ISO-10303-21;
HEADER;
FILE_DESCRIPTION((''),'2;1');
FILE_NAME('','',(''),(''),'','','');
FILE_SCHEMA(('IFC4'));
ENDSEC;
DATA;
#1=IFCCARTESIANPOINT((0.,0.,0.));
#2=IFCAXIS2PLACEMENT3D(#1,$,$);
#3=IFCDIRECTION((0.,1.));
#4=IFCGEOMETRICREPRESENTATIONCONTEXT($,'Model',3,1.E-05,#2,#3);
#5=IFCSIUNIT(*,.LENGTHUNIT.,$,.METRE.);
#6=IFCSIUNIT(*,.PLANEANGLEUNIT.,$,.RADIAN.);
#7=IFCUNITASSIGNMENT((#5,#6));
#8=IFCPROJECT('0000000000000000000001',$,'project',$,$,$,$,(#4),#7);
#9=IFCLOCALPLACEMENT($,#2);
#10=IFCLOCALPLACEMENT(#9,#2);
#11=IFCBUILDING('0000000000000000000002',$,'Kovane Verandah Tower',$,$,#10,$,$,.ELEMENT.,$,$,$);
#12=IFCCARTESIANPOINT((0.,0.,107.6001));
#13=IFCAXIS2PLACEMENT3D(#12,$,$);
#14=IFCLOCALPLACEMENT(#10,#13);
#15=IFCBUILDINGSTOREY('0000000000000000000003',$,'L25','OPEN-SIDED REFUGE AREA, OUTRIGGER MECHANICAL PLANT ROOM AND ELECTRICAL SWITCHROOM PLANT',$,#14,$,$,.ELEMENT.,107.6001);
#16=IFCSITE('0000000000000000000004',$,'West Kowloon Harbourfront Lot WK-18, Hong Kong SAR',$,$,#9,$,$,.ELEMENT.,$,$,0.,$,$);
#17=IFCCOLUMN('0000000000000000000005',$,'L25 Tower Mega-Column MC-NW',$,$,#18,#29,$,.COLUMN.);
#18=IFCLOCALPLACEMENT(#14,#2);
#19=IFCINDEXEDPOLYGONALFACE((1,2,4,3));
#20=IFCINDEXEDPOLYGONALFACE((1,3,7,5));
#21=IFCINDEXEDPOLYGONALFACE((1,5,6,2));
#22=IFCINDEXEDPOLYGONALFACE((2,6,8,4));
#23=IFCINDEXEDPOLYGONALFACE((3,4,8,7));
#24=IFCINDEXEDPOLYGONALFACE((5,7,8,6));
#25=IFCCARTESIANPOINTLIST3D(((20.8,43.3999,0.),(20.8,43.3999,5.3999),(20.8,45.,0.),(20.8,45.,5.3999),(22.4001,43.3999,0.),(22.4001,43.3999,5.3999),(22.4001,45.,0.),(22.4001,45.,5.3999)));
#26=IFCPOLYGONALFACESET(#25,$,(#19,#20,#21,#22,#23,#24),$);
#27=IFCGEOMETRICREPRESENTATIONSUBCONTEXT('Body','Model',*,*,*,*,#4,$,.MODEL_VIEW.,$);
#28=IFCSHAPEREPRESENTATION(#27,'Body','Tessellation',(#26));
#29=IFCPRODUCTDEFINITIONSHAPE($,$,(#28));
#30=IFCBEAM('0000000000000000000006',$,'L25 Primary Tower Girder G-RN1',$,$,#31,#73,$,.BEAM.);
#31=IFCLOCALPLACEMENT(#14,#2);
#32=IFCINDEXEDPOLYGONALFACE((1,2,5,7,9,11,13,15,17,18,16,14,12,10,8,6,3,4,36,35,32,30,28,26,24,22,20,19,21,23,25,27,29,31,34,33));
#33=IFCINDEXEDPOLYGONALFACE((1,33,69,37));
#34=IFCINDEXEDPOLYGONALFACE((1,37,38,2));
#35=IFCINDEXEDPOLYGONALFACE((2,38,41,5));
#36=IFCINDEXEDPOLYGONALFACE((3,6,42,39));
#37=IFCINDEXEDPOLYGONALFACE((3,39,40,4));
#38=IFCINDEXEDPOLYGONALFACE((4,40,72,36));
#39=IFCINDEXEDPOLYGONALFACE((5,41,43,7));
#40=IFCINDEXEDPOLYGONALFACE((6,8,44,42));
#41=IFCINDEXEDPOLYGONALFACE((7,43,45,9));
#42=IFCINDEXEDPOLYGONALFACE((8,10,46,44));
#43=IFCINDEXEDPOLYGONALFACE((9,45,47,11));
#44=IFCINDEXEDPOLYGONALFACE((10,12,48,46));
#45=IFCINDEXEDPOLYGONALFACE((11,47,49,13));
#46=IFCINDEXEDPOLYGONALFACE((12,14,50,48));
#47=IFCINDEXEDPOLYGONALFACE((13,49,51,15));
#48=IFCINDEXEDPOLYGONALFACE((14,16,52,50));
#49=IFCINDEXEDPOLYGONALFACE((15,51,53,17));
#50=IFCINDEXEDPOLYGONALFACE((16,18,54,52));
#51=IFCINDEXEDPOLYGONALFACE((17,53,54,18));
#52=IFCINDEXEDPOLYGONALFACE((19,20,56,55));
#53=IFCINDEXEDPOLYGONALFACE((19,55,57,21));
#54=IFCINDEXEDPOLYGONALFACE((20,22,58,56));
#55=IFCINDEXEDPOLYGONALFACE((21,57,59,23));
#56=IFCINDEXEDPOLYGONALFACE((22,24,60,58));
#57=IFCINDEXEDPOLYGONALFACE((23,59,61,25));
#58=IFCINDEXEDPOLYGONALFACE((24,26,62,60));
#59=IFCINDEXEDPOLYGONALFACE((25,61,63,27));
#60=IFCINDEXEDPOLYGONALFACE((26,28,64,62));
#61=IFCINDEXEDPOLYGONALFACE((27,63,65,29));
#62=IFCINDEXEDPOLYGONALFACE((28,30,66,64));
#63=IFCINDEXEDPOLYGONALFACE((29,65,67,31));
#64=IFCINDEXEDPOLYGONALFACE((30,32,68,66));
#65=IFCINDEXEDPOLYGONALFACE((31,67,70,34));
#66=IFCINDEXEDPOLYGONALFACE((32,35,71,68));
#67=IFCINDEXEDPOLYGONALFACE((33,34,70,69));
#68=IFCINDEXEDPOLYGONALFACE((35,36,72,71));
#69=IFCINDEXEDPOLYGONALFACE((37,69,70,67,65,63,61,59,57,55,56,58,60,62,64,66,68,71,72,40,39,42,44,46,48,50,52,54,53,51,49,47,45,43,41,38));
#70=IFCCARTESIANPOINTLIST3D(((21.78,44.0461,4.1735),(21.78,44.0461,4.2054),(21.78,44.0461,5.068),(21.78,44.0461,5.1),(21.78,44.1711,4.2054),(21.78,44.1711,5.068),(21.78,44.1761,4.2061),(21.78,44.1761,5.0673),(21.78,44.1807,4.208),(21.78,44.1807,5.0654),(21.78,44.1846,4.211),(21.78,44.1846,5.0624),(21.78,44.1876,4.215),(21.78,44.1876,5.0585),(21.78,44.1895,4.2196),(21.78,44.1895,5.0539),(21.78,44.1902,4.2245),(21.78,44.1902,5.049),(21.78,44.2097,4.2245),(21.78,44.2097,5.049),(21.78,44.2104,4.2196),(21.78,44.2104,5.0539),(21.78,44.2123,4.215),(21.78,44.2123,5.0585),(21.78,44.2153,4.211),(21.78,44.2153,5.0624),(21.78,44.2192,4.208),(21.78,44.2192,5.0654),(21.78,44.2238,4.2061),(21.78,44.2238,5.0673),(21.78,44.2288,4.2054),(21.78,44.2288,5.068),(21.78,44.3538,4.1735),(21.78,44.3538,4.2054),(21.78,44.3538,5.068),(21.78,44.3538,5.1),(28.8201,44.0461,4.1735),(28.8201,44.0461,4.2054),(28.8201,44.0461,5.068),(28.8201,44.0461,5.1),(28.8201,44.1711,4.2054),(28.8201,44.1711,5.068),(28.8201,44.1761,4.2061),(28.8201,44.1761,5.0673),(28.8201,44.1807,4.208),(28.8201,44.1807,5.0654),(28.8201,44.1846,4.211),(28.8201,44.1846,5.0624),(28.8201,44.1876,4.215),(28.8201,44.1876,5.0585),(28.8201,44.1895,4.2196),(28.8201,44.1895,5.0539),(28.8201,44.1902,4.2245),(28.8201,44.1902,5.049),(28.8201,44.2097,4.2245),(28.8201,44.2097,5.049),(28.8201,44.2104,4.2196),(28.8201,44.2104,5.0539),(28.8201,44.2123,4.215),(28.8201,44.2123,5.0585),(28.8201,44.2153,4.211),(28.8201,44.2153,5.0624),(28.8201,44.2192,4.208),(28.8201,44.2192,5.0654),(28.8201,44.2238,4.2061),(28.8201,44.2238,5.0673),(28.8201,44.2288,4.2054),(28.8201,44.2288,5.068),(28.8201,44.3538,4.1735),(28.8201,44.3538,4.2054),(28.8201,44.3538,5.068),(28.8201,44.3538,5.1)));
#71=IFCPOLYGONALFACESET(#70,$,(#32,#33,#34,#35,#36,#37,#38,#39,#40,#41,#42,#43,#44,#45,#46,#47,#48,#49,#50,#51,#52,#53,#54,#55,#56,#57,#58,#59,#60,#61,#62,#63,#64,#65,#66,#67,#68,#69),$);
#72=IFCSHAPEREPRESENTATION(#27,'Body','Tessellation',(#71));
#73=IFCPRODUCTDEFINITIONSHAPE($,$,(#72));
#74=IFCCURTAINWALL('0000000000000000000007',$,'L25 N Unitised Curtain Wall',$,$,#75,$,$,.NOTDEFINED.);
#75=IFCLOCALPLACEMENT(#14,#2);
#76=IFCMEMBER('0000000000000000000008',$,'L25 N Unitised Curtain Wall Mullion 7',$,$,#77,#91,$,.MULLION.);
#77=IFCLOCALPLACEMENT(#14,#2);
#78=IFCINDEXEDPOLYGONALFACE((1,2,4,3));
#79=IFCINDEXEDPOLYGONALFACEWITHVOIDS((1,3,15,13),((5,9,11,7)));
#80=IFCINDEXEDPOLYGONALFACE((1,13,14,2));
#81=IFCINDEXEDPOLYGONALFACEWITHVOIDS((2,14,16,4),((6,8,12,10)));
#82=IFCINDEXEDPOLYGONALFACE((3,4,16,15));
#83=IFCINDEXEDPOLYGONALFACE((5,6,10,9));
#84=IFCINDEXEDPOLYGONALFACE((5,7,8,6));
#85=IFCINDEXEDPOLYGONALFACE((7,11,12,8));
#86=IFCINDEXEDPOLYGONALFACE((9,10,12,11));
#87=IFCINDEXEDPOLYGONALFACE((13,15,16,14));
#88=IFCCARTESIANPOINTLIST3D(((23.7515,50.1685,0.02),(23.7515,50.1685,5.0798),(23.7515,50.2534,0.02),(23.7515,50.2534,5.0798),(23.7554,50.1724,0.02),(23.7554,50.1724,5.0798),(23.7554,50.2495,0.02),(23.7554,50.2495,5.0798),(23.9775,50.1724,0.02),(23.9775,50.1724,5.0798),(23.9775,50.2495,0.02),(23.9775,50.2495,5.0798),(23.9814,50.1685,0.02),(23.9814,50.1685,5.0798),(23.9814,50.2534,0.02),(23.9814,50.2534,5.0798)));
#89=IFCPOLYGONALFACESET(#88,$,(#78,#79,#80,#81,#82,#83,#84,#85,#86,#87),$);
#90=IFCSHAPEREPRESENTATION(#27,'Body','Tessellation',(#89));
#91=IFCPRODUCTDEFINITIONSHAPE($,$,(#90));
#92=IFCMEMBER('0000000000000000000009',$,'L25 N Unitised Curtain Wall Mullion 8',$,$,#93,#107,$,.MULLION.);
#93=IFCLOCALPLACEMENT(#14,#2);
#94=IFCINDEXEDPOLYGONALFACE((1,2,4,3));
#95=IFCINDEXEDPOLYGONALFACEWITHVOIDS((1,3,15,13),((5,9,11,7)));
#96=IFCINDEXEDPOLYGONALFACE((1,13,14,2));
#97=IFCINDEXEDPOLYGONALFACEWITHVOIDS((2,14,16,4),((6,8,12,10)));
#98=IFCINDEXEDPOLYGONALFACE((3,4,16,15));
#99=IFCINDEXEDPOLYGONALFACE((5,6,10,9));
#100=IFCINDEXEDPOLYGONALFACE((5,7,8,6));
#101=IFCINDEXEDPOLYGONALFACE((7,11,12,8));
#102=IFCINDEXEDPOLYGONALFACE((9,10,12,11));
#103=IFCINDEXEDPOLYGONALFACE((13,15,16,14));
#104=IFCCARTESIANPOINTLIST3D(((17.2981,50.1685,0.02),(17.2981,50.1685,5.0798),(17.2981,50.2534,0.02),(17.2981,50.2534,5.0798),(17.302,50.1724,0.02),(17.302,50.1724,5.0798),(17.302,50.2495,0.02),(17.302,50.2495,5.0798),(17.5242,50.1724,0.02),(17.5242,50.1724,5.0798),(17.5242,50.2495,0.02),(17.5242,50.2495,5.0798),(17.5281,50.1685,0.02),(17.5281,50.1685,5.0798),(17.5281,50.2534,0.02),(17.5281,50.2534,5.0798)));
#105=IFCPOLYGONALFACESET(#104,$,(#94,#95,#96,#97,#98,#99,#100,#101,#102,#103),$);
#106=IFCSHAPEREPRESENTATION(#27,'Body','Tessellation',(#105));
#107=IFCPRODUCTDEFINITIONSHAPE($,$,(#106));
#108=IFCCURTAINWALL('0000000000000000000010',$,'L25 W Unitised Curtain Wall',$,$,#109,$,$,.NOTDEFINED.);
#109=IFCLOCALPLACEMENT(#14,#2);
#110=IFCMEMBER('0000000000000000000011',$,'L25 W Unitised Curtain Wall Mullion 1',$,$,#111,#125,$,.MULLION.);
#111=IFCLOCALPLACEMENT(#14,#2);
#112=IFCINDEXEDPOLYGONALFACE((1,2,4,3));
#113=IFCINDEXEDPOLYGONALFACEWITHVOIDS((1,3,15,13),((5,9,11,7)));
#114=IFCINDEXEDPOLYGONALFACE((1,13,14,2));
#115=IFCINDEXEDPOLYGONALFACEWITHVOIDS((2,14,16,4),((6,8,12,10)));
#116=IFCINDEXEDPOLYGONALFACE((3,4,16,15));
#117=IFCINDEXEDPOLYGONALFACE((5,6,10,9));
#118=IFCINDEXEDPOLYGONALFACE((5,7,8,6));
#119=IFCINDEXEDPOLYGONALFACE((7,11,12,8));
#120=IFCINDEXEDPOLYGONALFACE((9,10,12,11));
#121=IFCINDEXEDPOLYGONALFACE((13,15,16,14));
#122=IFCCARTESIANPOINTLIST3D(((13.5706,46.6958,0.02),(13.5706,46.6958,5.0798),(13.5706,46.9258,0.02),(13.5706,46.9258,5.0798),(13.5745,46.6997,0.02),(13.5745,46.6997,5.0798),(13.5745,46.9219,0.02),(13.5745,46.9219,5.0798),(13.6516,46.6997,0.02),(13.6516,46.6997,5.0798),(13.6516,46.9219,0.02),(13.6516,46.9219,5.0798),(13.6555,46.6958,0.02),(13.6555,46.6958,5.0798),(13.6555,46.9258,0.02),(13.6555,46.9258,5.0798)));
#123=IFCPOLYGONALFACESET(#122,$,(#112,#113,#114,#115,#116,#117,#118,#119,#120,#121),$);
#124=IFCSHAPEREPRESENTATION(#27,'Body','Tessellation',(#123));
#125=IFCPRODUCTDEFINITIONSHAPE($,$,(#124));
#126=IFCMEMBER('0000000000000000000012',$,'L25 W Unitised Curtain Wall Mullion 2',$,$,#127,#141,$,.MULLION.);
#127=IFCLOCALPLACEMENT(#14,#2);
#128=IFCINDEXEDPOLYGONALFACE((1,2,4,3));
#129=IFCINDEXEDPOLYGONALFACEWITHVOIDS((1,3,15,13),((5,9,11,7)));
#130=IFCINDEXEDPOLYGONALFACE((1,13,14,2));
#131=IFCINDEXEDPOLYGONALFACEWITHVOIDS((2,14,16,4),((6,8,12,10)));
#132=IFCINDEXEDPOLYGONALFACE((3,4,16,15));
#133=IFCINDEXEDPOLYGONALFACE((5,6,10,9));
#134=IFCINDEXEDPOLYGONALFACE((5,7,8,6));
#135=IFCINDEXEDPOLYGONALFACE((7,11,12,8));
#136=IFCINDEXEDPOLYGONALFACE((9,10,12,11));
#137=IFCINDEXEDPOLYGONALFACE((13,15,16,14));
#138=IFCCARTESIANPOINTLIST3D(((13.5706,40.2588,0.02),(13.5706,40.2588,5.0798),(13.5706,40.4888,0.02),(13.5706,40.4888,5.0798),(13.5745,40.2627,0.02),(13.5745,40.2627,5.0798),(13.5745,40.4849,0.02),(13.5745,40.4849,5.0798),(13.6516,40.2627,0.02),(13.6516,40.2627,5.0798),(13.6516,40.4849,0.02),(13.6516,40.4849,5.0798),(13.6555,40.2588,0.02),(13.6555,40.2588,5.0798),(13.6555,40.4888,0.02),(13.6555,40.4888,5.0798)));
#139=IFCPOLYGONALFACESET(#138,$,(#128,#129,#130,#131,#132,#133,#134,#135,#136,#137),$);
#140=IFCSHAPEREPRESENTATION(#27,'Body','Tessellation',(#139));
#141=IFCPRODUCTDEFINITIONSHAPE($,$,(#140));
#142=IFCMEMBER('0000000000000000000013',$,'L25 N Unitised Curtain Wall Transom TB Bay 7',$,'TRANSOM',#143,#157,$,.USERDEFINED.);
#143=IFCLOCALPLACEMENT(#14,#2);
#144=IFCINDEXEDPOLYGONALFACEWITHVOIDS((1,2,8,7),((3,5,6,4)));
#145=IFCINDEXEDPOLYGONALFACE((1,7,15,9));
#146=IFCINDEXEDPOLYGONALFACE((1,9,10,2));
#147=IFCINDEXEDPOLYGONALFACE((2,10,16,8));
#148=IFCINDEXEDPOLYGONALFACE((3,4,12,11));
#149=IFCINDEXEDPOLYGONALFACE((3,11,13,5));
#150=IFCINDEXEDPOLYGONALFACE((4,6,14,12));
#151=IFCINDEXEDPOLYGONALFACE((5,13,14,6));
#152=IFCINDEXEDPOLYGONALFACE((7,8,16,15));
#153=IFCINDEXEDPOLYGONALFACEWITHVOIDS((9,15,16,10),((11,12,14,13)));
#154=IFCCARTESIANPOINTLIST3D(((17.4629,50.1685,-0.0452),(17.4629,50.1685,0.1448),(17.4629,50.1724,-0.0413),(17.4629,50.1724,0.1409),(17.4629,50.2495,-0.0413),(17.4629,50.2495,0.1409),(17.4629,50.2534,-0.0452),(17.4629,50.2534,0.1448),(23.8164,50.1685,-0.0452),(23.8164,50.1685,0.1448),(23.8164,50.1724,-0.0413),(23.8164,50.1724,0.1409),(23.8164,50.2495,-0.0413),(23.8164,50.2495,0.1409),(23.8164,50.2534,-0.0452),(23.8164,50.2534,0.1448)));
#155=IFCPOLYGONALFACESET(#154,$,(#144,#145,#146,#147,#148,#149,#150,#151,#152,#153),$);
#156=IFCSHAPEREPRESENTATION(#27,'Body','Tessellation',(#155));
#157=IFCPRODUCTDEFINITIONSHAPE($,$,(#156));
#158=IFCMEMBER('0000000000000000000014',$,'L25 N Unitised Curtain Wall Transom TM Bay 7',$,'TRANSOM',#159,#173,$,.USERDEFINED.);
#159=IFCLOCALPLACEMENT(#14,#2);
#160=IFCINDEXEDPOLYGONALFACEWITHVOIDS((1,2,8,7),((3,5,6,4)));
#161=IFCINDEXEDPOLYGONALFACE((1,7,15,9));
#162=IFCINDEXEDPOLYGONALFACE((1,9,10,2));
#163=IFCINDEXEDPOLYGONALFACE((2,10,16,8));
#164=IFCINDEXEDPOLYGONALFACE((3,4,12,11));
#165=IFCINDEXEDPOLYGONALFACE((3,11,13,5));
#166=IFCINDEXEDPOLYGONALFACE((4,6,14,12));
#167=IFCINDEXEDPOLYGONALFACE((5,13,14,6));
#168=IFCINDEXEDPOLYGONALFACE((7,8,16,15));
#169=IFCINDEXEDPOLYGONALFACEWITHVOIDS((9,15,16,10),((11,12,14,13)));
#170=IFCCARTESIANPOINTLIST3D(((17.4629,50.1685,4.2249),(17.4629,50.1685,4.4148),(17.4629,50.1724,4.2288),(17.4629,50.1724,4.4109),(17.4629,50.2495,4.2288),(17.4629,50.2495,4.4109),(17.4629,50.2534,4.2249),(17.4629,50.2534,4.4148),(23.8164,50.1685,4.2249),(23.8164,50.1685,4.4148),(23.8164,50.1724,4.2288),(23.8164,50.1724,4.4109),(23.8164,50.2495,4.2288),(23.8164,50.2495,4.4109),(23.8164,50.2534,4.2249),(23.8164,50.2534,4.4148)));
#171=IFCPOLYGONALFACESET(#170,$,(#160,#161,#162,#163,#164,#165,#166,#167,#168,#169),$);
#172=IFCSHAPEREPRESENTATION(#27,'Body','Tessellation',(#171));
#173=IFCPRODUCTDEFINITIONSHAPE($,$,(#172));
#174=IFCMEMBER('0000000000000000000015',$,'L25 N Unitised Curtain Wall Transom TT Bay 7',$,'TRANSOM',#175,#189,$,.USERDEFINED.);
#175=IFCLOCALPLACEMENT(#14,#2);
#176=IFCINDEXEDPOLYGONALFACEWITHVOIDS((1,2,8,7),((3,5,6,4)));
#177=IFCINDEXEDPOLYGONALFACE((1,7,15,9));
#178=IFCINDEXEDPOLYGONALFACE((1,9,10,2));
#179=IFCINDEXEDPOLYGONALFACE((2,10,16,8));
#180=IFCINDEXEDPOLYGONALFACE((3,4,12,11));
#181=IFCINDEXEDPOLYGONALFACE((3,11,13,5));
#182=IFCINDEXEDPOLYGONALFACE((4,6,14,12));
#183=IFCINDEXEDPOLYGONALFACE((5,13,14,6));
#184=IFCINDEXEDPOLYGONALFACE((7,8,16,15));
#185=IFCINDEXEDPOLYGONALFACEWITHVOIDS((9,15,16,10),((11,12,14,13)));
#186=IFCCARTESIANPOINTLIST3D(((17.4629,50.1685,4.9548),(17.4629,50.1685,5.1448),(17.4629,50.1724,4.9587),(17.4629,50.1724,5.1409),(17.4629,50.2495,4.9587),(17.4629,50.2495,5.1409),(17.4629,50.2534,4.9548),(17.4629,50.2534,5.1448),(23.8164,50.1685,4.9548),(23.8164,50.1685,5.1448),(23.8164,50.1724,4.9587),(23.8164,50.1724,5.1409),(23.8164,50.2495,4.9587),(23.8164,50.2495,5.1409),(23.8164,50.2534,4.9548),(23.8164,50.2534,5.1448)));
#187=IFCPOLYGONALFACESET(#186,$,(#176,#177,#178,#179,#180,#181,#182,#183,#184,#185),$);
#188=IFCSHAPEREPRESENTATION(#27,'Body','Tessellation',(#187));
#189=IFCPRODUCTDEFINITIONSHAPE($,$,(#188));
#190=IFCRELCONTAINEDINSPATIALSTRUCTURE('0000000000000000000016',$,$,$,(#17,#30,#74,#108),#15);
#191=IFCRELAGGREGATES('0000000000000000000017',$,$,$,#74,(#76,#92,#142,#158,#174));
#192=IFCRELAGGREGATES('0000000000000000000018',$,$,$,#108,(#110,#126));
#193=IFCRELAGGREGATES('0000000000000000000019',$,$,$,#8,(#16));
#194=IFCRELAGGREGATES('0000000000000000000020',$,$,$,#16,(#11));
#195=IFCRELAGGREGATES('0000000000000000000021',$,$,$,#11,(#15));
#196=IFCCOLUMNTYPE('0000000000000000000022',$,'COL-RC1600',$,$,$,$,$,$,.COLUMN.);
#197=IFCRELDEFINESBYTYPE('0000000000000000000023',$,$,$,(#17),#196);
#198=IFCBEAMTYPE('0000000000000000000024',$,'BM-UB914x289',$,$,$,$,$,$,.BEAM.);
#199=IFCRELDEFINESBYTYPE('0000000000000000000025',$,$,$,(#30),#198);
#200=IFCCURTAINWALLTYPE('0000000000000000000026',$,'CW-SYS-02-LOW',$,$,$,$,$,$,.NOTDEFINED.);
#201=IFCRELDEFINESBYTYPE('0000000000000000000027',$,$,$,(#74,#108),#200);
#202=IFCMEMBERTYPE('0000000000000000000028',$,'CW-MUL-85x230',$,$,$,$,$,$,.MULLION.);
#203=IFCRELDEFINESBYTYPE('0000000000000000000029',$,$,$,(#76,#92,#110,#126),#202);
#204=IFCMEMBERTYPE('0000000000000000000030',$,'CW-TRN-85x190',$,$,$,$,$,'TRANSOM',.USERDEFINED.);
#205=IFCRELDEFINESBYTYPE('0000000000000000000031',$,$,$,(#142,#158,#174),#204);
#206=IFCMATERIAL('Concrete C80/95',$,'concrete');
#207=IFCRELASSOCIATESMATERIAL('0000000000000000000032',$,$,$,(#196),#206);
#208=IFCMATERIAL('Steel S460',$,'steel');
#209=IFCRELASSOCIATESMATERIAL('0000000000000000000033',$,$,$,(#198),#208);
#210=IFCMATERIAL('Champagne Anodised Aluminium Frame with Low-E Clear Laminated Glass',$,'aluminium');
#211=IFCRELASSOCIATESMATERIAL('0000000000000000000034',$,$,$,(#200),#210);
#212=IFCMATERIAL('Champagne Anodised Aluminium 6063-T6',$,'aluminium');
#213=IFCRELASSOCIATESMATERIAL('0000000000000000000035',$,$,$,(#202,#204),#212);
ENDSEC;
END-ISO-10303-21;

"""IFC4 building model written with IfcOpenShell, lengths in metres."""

from ifc_helpers import new_model, si_unit, direction, frame, origin, origin_2d, place, context, subcontext, project, spatial, rectangle, hollow_rectangle, i_section, extrude, material, material_profile, profile_set, type_object, element, aggregate, save


model = new_model("IFC4")

# Units and contexts
model_context = context("Model", 3, precision=1e-05, world=origin(), true_north=direction((0.0, 1.0)))
body_context = subcontext(model_context, "Body", "Model", "MODEL_VIEW")
ifc_project = project(units=[si_unit("LENGTHUNIT", "METRE"), si_unit("PLANEANGLEUNIT", "RADIAN")], contexts=[model_context])

# Site, building, storey
site_placement = place(None, origin())
site = spatial("IfcSite", under=ifc_project, at=site_placement, Name="West Kowloon Harbourfront Lot WK-18, Hong Kong SAR", CompositionType="ELEMENT", RefElevation=0.0)
building_placement = place(site_placement, origin())
building = spatial("IfcBuilding", under=site, at=building_placement, Name="Kovane Verandah Tower", CompositionType="ELEMENT")
storey_placement = place(building_placement, frame((0.0, 0.0, 107.6001)))
storey = spatial("IfcBuildingStorey", under=building, at=storey_placement, Name="L25", Description="OPEN-SIDED REFUGE AREA, OUTRIGGER MECHANICAL PLANT ROOM AND ELECTRICAL SWITCHROOM PLANT", CompositionType="ELEMENT", Elevation=107.6001)

# Column
ifc_material_1 = material(Name="Concrete C80/95", Category="concrete")
ifc_material_profile_1 = material_profile(ifc_material_1, rectangle(XDim=1.6001, YDim=1.6001, at=origin_2d()), Name="RC1600x1600")
ifc_profile_set_1 = profile_set([ifc_material_profile_1], Name="Concrete C80/95")
column_type = type_object("IfcColumnType", Name="COL-RC1600", PredefinedType="COLUMN", material=ifc_profile_set_1)
column_placement = place(storey_placement, frame((21.6001, 44.2, 0.0), z_axis=(0.0, 0.0, 1.0), x_axis=(1.0, 0.0, 0.0)))
element("IfcColumn", 1, at=column_placement, inside=storey, type_object=column_type, Name="L25 Tower Mega-Column MC-NW", PredefinedType="COLUMN", context=body_context, shape_type="SweptSolid", body=[
    extrude(rectangle(XDim=1.6001, YDim=1.6001, at=origin_2d()), origin(), (0.0, 0.0, 1.0), 5.3999),
])

# Beam
ifc_material_2 = material(Name="Steel S460", Category="steel")
ifc_material_profile_2 = material_profile(ifc_material_2, i_section(OverallWidth=0.3076, OverallDepth=0.9265, WebThickness=0.0195, FlangeThickness=0.032, FilletRadius=0.019, at=origin_2d()), Name="UB914x305x289")
ifc_profile_set_2 = profile_set([ifc_material_profile_2], Name="Steel S460")
beam_type = type_object("IfcBeamType", Name="BM-UB914x289", PredefinedType="BEAM", material=ifc_profile_set_2)
beam_placement = place(storey_placement, frame((21.78, 44.2, 4.6367), z_axis=(1.0, 0.0, 0.0), x_axis=(0.0, 1.0, 0.0)))
element("IfcBeam", 2, at=beam_placement, inside=storey, type_object=beam_type, Name="L25 Primary Tower Girder G-RN1", PredefinedType="BEAM", context=body_context, shape_type="SweptSolid", body=[
    extrude(i_section(OverallWidth=0.3076, OverallDepth=0.9265, WebThickness=0.0195, FlangeThickness=0.032, FilletRadius=0.019, at=origin_2d()), origin(), (0.0, 0.0, 1.0), 7.04),
])

# Curtain walls, members
ifc_material_3 = material(Name="Champagne Anodised Aluminium Frame with Low-E Clear Laminated Glass", Category="aluminium")
curtain_wall_type = type_object("IfcCurtainWallType", Name="CW-SYS-02-LOW", PredefinedType="NOTDEFINED", material=ifc_material_3)
curtain_wall_1_placement = place(storey_placement, origin())
curtain_wall_1 = element("IfcCurtainWall", 3, at=curtain_wall_1_placement, inside=storey, type_object=curtain_wall_type, Name="L25 N Unitised Curtain Wall", PredefinedType="NOTDEFINED")
ifc_material_4 = material(Name="Champagne Anodised Aluminium 6063-T6", Category="aluminium")
ifc_material_profile_3 = material_profile(ifc_material_4, hollow_rectangle(XDim=0.085, YDim=0.23, WallThickness=0.0039, at=origin_2d()), Name="AL85x230x4")
ifc_profile_set_3 = profile_set([ifc_material_profile_3], Name="Champagne Anodised Aluminium 6063-T6")
member_type_1 = type_object("IfcMemberType", Name="CW-MUL-85x230", PredefinedType="MULLION", material=ifc_profile_set_3)
member_1_placement = place(storey_placement, frame((23.8665, 50.2109, 0.02), z_axis=(0.0, 0.0, 1.0), x_axis=(0.0, 1.0, 0.0)))
member_1 = element("IfcMember", 4, at=member_1_placement, type_object=member_type_1, Name="L25 N Unitised Curtain Wall Mullion 7", PredefinedType="MULLION", context=body_context, shape_type="SweptSolid", body=[
    extrude(hollow_rectangle(XDim=0.085, YDim=0.23, WallThickness=0.0039, at=origin_2d()), origin(), (0.0, 0.0, 1.0), 5.0598),
])
member_2_placement = place(storey_placement, frame((17.4131, 50.2109, 0.02), z_axis=(0.0, 0.0, 1.0), x_axis=(0.0, 1.0, 0.0)))
member_2 = element("IfcMember", 5, at=member_2_placement, type_object=member_type_1, Name="L25 N Unitised Curtain Wall Mullion 8", PredefinedType="MULLION", context=body_context, shape_type="SweptSolid", body=[
    extrude(hollow_rectangle(XDim=0.085, YDim=0.23, WallThickness=0.0039, at=origin_2d()), origin(), (0.0, 0.0, 1.0), 5.0598),
])
curtain_wall_2_placement = place(storey_placement, origin())
curtain_wall_2 = element("IfcCurtainWall", 6, at=curtain_wall_2_placement, inside=storey, type_object=curtain_wall_type, Name="L25 W Unitised Curtain Wall", PredefinedType="NOTDEFINED")
member_3_placement = place(storey_placement, frame((13.613, 46.8108, 0.02), z_axis=(0.0, 0.0, 1.0), x_axis=(-1.0, 0.0, 0.0)))
member_3 = element("IfcMember", 7, at=member_3_placement, type_object=member_type_1, Name="L25 W Unitised Curtain Wall Mullion 1", PredefinedType="MULLION", context=body_context, shape_type="SweptSolid", body=[
    extrude(hollow_rectangle(XDim=0.085, YDim=0.23, WallThickness=0.0039, at=origin_2d()), origin(), (0.0, 0.0, 1.0), 5.0598),
])
member_4_placement = place(storey_placement, frame((13.613, 40.3738, 0.02), z_axis=(0.0, 0.0, 1.0), x_axis=(-1.0, 0.0, 0.0)))
member_4 = element("IfcMember", 8, at=member_4_placement, type_object=member_type_1, Name="L25 W Unitised Curtain Wall Mullion 2", PredefinedType="MULLION", context=body_context, shape_type="SweptSolid", body=[
    extrude(hollow_rectangle(XDim=0.085, YDim=0.23, WallThickness=0.0039, at=origin_2d()), origin(), (0.0, 0.0, 1.0), 5.0598),
])

# Members
ifc_material_profile_4 = material_profile(ifc_material_4, hollow_rectangle(XDim=0.085, YDim=0.1899, WallThickness=0.0039, at=origin_2d()), Name="AL85x190x4")
ifc_profile_set_4 = profile_set([ifc_material_profile_4], Name="Champagne Anodised Aluminium 6063-T6")
member_type_2 = type_object("IfcMemberType", Name="CW-TRN-85x190", ElementType="TRANSOM", PredefinedType="USERDEFINED", material=ifc_profile_set_4)
member_5_placement = place(storey_placement, frame((23.8164, 50.2109, 0.0498), z_axis=(-1.0, 0.0, 0.0), x_axis=(0.0, -1.0, 0.0)))
member_5 = element("IfcMember", 9, at=member_5_placement, type_object=member_type_2, Name="L25 N Unitised Curtain Wall Transom TB Bay 7", ObjectType="TRANSOM", PredefinedType="USERDEFINED", context=body_context, shape_type="SweptSolid", body=[
    extrude(hollow_rectangle(XDim=0.085, YDim=0.1899, WallThickness=0.0039, at=origin_2d()), origin(), (0.0, 0.0, 1.0), 6.3535),
])
member_6_placement = place(storey_placement, frame((23.8164, 50.2109, 4.3198), z_axis=(-1.0, 0.0, 0.0), x_axis=(0.0, -1.0, 0.0)))
member_6 = element("IfcMember", 10, at=member_6_placement, type_object=member_type_2, Name="L25 N Unitised Curtain Wall Transom TM Bay 7", ObjectType="TRANSOM", PredefinedType="USERDEFINED", context=body_context, shape_type="SweptSolid", body=[
    extrude(hollow_rectangle(XDim=0.085, YDim=0.1899, WallThickness=0.0039, at=origin_2d()), origin(), (0.0, 0.0, 1.0), 6.3535),
])
member_7_placement = place(storey_placement, frame((23.8164, 50.2109, 5.0498), z_axis=(-1.0, 0.0, 0.0), x_axis=(0.0, -1.0, 0.0)))
member_7 = element("IfcMember", 11, at=member_7_placement, type_object=member_type_2, Name="L25 N Unitised Curtain Wall Transom TT Bay 7", ObjectType="TRANSOM", PredefinedType="USERDEFINED", context=body_context, shape_type="SweptSolid", body=[
    extrude(hollow_rectangle(XDim=0.085, YDim=0.1899, WallThickness=0.0039, at=origin_2d()), origin(), (0.0, 0.0, 1.0), 6.3535),
])

aggregate(curtain_wall_1, [member_1, member_2, member_5, member_6, member_7])
aggregate(curtain_wall_2, [member_3, member_4])

save(model, "model.ifc")
